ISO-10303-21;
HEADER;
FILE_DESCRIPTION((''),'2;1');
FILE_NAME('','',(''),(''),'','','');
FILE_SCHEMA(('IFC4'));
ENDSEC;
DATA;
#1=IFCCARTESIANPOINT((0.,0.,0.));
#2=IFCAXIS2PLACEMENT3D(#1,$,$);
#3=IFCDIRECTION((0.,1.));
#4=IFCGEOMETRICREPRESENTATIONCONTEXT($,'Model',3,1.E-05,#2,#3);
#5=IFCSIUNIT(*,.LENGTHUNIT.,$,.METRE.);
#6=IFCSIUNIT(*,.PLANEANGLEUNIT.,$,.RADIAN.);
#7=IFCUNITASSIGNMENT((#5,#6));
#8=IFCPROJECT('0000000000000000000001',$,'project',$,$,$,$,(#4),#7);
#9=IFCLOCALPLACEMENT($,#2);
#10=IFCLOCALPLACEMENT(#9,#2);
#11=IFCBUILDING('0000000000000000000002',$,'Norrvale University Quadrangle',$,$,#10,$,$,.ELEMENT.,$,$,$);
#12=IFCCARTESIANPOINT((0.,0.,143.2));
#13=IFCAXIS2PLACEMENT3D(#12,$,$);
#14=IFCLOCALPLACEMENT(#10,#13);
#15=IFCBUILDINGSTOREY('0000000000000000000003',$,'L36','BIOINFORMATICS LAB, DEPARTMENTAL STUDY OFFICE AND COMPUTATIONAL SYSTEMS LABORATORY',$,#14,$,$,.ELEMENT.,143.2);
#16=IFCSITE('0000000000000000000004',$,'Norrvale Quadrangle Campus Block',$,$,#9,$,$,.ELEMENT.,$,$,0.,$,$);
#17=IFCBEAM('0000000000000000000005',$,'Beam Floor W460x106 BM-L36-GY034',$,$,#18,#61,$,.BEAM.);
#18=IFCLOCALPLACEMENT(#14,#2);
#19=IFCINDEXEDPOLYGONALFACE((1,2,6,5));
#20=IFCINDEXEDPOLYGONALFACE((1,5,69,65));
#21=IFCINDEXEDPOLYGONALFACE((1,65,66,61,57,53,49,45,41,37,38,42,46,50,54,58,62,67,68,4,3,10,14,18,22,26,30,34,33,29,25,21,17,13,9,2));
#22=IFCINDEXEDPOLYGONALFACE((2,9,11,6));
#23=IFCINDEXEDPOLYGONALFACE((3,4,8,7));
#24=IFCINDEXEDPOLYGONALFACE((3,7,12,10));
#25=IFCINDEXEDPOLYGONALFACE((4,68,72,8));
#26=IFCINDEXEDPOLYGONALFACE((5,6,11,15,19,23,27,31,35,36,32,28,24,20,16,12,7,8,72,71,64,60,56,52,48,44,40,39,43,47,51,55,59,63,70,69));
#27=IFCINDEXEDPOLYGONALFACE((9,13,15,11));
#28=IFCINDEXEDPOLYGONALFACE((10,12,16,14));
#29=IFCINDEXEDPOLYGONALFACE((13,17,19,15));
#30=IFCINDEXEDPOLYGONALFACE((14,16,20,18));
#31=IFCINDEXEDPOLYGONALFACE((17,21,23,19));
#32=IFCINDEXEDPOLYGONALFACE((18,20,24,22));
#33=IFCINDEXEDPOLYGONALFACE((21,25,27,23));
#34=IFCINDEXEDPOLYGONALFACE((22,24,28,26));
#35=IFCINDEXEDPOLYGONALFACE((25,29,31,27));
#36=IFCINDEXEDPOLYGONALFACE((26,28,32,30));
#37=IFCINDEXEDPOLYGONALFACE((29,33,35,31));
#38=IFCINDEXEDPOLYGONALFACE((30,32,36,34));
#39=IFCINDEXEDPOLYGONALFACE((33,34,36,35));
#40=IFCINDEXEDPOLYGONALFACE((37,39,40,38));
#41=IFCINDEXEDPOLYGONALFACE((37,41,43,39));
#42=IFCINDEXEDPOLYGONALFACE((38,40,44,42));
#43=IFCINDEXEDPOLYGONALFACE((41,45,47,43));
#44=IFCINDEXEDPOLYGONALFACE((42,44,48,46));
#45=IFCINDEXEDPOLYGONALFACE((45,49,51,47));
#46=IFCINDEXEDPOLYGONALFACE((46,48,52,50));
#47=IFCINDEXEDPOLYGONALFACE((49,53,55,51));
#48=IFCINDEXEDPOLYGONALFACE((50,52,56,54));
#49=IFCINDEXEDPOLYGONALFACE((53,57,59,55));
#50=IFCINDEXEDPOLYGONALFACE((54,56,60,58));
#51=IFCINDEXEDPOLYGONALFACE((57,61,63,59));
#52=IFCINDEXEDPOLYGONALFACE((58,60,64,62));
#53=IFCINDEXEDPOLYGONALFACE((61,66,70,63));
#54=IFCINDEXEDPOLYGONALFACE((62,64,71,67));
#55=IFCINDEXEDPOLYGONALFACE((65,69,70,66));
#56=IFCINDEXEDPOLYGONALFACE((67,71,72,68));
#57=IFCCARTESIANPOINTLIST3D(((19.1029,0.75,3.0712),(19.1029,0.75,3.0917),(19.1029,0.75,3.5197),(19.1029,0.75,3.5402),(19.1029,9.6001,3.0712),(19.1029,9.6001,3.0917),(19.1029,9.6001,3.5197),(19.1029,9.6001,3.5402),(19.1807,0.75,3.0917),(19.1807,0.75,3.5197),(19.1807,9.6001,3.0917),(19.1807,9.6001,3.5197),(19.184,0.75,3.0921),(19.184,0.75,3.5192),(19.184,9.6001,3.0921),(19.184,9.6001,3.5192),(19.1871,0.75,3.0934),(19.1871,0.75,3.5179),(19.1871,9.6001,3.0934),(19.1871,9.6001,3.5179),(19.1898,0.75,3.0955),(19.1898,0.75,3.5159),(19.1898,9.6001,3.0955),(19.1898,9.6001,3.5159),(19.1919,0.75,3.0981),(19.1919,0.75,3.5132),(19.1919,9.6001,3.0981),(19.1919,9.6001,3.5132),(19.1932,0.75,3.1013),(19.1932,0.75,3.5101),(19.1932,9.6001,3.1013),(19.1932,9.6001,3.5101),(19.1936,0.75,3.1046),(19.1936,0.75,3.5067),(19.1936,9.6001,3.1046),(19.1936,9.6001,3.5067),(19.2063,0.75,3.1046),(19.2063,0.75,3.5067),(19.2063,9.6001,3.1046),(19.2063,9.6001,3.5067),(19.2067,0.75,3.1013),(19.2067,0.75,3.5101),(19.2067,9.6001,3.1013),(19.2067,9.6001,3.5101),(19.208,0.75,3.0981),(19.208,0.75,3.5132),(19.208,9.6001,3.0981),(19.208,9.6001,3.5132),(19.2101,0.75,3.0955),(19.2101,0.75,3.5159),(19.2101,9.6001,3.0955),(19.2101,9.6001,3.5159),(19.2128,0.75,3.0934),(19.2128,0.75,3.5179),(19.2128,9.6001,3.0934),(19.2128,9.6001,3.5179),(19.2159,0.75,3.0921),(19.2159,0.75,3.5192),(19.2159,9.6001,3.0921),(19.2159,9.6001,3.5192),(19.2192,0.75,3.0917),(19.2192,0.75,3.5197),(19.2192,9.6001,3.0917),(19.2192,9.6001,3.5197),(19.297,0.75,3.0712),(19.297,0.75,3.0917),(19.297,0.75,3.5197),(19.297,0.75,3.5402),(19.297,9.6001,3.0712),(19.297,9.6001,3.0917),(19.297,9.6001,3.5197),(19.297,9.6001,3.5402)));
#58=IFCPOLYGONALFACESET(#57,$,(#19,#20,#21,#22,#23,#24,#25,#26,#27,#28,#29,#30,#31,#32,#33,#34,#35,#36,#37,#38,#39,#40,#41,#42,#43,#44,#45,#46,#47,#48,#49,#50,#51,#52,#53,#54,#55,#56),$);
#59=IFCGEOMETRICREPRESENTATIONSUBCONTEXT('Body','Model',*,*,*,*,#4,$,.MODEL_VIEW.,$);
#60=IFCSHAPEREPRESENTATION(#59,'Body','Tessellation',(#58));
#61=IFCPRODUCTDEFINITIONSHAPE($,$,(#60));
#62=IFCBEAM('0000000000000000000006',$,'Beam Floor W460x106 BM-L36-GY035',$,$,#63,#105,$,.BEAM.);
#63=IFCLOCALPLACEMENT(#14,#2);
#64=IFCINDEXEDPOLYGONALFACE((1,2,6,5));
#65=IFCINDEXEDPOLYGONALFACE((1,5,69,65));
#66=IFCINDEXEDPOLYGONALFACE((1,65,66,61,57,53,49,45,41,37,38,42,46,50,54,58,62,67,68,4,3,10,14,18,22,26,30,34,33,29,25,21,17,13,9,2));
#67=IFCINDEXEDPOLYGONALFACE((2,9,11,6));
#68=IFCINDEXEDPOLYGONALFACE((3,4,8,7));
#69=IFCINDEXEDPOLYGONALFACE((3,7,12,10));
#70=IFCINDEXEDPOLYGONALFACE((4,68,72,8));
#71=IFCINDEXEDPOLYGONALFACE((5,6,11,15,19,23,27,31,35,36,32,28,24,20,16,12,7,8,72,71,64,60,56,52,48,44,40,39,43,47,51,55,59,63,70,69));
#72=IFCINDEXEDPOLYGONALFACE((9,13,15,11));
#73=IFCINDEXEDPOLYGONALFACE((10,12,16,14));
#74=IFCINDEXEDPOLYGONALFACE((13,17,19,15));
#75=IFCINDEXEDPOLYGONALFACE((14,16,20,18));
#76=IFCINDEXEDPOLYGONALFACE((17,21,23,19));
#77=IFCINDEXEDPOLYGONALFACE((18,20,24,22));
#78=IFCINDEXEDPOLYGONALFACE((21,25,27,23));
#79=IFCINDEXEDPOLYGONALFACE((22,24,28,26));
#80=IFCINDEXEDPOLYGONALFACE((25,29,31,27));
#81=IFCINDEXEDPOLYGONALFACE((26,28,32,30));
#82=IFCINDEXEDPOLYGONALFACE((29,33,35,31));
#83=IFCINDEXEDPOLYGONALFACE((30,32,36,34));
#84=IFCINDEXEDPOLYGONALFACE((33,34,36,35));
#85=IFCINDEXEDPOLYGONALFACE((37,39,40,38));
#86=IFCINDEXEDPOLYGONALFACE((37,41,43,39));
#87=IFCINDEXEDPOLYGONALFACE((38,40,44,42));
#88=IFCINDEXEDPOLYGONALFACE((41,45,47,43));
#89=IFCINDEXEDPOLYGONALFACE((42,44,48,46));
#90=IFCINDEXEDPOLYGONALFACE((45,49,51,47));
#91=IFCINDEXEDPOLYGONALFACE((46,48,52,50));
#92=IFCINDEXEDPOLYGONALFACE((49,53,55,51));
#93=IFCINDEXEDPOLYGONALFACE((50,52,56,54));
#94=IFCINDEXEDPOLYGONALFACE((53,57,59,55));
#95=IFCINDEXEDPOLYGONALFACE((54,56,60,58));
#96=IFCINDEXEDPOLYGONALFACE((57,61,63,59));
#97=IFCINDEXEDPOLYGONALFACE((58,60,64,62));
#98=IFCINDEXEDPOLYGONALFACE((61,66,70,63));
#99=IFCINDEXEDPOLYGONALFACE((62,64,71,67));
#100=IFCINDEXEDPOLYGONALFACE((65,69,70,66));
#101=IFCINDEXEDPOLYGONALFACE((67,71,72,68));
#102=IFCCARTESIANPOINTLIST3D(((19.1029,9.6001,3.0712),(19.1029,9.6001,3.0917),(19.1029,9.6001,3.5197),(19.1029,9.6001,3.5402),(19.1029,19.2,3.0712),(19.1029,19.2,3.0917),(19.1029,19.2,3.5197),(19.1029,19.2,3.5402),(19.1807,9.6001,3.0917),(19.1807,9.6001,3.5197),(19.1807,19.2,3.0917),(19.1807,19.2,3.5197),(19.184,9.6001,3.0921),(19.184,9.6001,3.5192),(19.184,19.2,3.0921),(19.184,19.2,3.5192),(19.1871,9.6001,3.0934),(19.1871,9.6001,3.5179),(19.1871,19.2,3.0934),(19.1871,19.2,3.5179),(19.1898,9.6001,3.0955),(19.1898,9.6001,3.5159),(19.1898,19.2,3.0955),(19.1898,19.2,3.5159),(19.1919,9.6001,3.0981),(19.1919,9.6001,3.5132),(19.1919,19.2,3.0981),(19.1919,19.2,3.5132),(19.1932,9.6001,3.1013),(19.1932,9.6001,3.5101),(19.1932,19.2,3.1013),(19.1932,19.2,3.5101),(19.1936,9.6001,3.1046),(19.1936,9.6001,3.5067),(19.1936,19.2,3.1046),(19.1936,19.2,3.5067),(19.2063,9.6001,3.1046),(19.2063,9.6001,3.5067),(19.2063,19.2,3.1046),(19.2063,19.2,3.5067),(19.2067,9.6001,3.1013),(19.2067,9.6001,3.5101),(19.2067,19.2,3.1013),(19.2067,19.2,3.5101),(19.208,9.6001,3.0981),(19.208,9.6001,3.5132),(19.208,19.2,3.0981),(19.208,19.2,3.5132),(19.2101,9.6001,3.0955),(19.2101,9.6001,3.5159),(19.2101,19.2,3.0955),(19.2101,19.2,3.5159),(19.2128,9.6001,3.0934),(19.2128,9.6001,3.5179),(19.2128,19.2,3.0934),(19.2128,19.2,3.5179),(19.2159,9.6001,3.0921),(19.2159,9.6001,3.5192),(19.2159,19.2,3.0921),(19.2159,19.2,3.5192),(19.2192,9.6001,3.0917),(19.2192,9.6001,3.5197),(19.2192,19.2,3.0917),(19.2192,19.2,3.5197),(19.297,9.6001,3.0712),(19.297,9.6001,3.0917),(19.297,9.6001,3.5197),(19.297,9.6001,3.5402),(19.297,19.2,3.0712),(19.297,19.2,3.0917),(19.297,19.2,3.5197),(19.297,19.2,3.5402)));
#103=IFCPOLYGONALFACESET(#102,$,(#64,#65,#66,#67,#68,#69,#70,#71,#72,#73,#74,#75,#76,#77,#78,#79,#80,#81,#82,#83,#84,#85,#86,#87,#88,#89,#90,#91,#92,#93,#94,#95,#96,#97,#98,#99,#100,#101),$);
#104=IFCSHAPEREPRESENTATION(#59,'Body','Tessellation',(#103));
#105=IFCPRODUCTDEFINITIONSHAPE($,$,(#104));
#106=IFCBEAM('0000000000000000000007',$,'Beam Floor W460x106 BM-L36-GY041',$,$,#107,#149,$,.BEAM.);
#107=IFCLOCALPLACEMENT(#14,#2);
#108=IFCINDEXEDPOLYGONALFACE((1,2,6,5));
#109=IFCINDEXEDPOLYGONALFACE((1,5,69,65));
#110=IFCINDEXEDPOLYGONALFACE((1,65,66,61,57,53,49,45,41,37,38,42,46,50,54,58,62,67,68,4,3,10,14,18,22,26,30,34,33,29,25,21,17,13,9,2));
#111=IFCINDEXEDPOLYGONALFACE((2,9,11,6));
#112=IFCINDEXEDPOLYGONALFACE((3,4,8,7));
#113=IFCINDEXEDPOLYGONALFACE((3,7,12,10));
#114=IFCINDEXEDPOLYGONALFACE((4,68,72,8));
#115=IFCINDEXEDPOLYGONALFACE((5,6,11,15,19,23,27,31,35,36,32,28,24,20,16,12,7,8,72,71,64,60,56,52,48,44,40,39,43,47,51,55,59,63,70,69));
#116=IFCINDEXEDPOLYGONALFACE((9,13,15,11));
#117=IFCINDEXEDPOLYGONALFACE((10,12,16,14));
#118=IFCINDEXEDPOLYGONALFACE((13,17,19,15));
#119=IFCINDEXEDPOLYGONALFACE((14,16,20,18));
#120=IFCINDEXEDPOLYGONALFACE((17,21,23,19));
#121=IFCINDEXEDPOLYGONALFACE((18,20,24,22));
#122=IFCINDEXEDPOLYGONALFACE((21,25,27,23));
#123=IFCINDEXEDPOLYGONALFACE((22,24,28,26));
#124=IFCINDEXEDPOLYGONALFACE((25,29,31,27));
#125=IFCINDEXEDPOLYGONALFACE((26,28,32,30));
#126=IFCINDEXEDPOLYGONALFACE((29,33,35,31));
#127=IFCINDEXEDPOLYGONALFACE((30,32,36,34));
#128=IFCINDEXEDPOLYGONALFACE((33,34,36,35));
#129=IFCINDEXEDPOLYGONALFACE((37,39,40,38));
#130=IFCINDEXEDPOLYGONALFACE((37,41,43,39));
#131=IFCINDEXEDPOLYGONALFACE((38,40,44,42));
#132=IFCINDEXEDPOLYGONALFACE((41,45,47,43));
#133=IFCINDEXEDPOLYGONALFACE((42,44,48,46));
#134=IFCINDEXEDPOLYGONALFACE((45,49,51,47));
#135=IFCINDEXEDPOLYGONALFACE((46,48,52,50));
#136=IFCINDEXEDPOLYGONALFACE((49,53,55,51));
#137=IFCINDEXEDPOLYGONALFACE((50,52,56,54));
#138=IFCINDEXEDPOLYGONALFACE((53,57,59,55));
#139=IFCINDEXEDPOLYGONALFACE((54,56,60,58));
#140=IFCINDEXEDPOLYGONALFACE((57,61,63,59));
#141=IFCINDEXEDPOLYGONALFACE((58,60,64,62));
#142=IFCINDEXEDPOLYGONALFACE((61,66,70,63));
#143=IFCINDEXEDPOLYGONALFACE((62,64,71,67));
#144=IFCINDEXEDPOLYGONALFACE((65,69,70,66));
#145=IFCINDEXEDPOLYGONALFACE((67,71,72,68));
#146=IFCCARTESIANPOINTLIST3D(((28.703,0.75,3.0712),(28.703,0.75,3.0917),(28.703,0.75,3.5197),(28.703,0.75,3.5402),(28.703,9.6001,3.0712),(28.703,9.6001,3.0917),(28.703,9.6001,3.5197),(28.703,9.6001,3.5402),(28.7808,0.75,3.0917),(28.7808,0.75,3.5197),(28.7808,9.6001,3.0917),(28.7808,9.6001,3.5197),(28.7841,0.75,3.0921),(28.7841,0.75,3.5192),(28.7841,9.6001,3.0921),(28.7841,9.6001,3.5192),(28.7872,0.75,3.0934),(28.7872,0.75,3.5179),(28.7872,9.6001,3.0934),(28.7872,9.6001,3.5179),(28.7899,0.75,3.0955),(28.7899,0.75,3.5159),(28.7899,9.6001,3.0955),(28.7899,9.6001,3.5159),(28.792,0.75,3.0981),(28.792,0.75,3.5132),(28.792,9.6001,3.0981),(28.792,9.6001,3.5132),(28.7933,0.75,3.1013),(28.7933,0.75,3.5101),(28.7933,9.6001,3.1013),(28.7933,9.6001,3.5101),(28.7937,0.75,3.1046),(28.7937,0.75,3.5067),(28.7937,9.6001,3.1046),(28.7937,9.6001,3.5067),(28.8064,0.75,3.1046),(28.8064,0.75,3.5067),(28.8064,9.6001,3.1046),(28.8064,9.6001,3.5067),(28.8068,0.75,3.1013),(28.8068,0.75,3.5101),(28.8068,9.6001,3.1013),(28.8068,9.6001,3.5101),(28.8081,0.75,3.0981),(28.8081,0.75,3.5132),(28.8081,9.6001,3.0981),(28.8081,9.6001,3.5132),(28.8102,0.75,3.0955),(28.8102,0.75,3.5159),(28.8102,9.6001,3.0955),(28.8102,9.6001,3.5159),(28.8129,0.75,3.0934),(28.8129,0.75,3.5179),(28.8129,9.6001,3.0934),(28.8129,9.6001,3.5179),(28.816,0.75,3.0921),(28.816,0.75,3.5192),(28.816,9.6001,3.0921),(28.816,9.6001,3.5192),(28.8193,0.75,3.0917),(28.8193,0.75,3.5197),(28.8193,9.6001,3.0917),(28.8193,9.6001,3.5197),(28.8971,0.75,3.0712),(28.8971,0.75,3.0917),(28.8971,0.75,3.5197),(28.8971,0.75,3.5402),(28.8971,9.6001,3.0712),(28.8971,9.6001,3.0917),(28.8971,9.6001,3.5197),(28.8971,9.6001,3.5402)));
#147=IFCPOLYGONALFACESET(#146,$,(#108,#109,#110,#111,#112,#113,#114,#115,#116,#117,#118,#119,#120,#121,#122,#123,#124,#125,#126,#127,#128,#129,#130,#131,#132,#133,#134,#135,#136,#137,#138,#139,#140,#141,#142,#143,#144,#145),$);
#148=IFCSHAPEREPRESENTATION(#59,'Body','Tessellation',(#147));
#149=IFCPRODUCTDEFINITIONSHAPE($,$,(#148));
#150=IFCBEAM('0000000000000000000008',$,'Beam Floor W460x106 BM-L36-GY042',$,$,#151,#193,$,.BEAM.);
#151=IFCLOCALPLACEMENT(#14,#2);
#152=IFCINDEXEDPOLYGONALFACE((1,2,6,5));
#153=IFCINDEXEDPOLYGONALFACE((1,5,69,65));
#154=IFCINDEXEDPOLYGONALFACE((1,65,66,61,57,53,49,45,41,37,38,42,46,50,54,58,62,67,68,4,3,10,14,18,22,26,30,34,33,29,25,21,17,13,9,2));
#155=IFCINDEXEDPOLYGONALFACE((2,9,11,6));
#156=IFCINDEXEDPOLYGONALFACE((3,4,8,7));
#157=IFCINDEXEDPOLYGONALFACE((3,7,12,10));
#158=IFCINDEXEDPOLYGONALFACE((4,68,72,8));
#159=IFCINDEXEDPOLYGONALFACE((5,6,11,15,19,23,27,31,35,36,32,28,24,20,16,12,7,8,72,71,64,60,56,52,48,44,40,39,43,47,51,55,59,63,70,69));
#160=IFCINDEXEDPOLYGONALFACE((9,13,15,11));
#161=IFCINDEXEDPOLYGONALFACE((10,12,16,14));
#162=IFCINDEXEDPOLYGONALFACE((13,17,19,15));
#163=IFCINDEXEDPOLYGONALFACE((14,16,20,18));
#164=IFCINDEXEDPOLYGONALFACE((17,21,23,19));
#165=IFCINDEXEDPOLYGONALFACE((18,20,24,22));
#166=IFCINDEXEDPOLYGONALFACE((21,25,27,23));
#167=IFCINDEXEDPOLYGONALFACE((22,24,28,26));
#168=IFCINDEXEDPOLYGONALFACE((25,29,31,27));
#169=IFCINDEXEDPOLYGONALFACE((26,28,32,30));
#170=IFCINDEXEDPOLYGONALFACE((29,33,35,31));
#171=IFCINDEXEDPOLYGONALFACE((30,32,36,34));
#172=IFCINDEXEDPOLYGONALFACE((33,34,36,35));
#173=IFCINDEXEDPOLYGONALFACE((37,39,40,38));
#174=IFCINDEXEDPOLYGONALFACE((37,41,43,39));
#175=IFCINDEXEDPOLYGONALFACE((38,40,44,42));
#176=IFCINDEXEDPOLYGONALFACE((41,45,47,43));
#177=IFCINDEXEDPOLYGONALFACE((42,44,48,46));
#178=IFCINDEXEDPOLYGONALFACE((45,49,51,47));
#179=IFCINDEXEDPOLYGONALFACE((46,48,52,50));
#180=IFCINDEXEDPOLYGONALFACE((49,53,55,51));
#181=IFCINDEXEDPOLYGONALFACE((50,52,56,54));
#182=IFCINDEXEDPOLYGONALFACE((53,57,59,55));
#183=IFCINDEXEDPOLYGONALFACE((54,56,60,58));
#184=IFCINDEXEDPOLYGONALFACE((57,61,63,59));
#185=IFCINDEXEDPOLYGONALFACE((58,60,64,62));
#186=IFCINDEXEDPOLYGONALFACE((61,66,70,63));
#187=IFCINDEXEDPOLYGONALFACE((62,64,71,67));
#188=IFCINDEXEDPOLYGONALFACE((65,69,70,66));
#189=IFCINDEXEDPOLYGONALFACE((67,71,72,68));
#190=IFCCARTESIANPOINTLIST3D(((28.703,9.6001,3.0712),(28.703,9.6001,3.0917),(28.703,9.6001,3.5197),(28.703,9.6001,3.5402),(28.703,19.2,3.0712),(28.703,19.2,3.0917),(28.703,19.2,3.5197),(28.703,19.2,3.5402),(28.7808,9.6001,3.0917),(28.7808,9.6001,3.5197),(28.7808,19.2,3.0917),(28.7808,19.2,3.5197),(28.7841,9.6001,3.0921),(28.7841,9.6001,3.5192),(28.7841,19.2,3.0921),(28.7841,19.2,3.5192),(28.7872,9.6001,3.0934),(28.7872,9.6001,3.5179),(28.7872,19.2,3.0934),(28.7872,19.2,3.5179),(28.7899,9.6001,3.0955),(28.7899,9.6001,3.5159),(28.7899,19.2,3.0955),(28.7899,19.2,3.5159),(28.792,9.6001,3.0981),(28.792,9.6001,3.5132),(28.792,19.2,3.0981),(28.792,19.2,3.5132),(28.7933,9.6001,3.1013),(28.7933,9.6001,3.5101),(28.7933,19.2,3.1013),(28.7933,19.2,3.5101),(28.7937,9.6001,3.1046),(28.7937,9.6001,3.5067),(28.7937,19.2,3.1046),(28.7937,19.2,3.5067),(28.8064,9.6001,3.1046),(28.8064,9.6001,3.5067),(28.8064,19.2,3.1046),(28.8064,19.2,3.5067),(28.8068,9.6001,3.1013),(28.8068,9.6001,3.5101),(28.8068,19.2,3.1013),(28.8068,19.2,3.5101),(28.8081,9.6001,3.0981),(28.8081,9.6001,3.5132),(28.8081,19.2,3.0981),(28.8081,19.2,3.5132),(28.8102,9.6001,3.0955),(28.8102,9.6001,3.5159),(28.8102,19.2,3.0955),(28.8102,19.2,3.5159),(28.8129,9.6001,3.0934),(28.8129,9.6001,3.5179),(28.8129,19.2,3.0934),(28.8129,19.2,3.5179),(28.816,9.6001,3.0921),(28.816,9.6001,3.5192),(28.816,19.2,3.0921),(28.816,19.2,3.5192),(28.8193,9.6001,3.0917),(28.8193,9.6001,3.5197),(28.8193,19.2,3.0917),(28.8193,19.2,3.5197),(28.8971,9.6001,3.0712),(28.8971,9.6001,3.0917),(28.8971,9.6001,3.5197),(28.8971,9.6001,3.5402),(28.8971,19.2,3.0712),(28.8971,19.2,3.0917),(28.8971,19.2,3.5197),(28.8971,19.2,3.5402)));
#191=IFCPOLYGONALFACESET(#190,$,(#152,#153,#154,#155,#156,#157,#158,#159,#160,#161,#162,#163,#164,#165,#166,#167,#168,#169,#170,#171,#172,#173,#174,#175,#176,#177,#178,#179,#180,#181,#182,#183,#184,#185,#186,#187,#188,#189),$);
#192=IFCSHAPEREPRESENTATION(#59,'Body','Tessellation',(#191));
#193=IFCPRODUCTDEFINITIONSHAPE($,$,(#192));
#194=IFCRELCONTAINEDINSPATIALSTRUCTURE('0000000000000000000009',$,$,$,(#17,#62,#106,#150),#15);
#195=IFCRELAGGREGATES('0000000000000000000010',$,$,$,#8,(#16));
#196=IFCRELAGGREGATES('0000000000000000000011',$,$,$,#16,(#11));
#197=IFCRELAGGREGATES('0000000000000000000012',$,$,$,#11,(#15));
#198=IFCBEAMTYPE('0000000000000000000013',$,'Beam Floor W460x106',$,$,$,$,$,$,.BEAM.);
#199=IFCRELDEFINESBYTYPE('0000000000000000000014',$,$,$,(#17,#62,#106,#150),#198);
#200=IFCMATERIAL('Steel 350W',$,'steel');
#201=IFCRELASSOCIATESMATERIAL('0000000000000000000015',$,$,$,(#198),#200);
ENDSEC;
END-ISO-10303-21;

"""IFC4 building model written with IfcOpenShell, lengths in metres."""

from ifc_helpers import new_model, si_unit, direction, frame, origin, origin_2d, place, context, subcontext, project, spatial, i_section, extrude, material, material_profile, profile_set, type_object, element, save


model = new_model("IFC4")

# Units and contexts
model_context = context("Model", 3, precision=1e-05, world=origin(), true_north=direction((0.0, 1.0)))
body_context = subcontext(model_context, "Body", "Model", "MODEL_VIEW")
ifc_project = project(units=[si_unit("LENGTHUNIT", "METRE"), si_unit("PLANEANGLEUNIT", "RADIAN")], contexts=[model_context])

# Site, building, storey
site_placement = place(None, origin())
site = spatial("IfcSite", under=ifc_project, at=site_placement, Name="Norrvale Quadrangle Campus Block", CompositionType="ELEMENT", RefElevation=0.0)
building_placement = place(site_placement, origin())
building = spatial("IfcBuilding", under=site, at=building_placement, Name="Norrvale University Quadrangle", CompositionType="ELEMENT")
storey_placement = place(building_placement, frame((0.0, 0.0, 143.2)))
storey = spatial("IfcBuildingStorey", under=building, at=storey_placement, Name="L36", Description="BIOINFORMATICS LAB, DEPARTMENTAL STUDY OFFICE AND COMPUTATIONAL SYSTEMS LABORATORY", CompositionType="ELEMENT", Elevation=143.2)

# Beams
ifc_material_1 = material(Name="Steel 350W", Category="steel")
ifc_material_profile_1 = material_profile(ifc_material_1, i_section(OverallWidth=0.1941, OverallDepth=0.469, WebThickness=0.0127, FlangeThickness=0.0205, FilletRadius=0.0129, at=origin_2d()), Name="Steel 350W")
ifc_profile_set_1 = profile_set([ifc_material_profile_1], Name="Steel 350W")
beam_type_1 = type_object("IfcBeamType", Name="Beam Floor W460x106", PredefinedType="BEAM", material=ifc_profile_set_1)
beam_1_placement = place(storey_placement, frame((19.2, 0.75, 3.3057), z_axis=(0.0, 1.0, 0.0), x_axis=(-1.0, 0.0, 0.0)))
element("IfcBeam", 1, at=beam_1_placement, inside=storey, type_object=beam_type_1, Name="Beam Floor W460x106 BM-L36-GY034", PredefinedType="BEAM", context=body_context, shape_type="SweptSolid", body=[
    extrude(i_section(OverallWidth=0.1941, OverallDepth=0.469, WebThickness=0.0127, FlangeThickness=0.0205, FilletRadius=0.0129, at=origin_2d()), origin(), (0.0, 0.0, 1.0), 8.8501),
])
beam_2_placement = place(storey_placement, frame((19.2, 9.6001, 3.3057), z_axis=(0.0, 1.0, 0.0), x_axis=(-1.0, 0.0, 0.0)))
element("IfcBeam", 2, at=beam_2_placement, inside=storey, type_object=beam_type_1, Name="Beam Floor W460x106 BM-L36-GY035", PredefinedType="BEAM", context=body_context, shape_type="SweptSolid", body=[
    extrude(i_section(OverallWidth=0.1941, OverallDepth=0.469, WebThickness=0.0127, FlangeThickness=0.0205, FilletRadius=0.0129, at=origin_2d()), origin(), (0.0, 0.0, 1.0), 9.5999),
])
beam_3_placement = place(storey_placement, frame((28.8, 0.75, 3.3057), z_axis=(0.0, 1.0, 0.0), x_axis=(-1.0, 0.0, 0.0)))
element("IfcBeam", 3, at=beam_3_placement, inside=storey, type_object=beam_type_1, Name="Beam Floor W460x106 BM-L36-GY041", PredefinedType="BEAM", context=body_context, shape_type="SweptSolid", body=[
    extrude(i_section(OverallWidth=0.1941, OverallDepth=0.469, WebThickness=0.0127, FlangeThickness=0.0205, FilletRadius=0.0129, at=origin_2d()), origin(), (0.0, 0.0, 1.0), 8.8501),
])
beam_4_placement = place(storey_placement, frame((28.8, 9.6001, 3.3057), z_axis=(0.0, 1.0, 0.0), x_axis=(-1.0, 0.0, 0.0)))
element("IfcBeam", 4, at=beam_4_placement, inside=storey, type_object=beam_type_1, Name="Beam Floor W460x106 BM-L36-GY042", PredefinedType="BEAM", context=body_context, shape_type="SweptSolid", body=[
    extrude(i_section(OverallWidth=0.1941, OverallDepth=0.469, WebThickness=0.0127, FlangeThickness=0.0205, FilletRadius=0.0129, at=origin_2d()), origin(), (0.0, 0.0, 1.0), 9.5999),
])

save(model, "model.ifc")
